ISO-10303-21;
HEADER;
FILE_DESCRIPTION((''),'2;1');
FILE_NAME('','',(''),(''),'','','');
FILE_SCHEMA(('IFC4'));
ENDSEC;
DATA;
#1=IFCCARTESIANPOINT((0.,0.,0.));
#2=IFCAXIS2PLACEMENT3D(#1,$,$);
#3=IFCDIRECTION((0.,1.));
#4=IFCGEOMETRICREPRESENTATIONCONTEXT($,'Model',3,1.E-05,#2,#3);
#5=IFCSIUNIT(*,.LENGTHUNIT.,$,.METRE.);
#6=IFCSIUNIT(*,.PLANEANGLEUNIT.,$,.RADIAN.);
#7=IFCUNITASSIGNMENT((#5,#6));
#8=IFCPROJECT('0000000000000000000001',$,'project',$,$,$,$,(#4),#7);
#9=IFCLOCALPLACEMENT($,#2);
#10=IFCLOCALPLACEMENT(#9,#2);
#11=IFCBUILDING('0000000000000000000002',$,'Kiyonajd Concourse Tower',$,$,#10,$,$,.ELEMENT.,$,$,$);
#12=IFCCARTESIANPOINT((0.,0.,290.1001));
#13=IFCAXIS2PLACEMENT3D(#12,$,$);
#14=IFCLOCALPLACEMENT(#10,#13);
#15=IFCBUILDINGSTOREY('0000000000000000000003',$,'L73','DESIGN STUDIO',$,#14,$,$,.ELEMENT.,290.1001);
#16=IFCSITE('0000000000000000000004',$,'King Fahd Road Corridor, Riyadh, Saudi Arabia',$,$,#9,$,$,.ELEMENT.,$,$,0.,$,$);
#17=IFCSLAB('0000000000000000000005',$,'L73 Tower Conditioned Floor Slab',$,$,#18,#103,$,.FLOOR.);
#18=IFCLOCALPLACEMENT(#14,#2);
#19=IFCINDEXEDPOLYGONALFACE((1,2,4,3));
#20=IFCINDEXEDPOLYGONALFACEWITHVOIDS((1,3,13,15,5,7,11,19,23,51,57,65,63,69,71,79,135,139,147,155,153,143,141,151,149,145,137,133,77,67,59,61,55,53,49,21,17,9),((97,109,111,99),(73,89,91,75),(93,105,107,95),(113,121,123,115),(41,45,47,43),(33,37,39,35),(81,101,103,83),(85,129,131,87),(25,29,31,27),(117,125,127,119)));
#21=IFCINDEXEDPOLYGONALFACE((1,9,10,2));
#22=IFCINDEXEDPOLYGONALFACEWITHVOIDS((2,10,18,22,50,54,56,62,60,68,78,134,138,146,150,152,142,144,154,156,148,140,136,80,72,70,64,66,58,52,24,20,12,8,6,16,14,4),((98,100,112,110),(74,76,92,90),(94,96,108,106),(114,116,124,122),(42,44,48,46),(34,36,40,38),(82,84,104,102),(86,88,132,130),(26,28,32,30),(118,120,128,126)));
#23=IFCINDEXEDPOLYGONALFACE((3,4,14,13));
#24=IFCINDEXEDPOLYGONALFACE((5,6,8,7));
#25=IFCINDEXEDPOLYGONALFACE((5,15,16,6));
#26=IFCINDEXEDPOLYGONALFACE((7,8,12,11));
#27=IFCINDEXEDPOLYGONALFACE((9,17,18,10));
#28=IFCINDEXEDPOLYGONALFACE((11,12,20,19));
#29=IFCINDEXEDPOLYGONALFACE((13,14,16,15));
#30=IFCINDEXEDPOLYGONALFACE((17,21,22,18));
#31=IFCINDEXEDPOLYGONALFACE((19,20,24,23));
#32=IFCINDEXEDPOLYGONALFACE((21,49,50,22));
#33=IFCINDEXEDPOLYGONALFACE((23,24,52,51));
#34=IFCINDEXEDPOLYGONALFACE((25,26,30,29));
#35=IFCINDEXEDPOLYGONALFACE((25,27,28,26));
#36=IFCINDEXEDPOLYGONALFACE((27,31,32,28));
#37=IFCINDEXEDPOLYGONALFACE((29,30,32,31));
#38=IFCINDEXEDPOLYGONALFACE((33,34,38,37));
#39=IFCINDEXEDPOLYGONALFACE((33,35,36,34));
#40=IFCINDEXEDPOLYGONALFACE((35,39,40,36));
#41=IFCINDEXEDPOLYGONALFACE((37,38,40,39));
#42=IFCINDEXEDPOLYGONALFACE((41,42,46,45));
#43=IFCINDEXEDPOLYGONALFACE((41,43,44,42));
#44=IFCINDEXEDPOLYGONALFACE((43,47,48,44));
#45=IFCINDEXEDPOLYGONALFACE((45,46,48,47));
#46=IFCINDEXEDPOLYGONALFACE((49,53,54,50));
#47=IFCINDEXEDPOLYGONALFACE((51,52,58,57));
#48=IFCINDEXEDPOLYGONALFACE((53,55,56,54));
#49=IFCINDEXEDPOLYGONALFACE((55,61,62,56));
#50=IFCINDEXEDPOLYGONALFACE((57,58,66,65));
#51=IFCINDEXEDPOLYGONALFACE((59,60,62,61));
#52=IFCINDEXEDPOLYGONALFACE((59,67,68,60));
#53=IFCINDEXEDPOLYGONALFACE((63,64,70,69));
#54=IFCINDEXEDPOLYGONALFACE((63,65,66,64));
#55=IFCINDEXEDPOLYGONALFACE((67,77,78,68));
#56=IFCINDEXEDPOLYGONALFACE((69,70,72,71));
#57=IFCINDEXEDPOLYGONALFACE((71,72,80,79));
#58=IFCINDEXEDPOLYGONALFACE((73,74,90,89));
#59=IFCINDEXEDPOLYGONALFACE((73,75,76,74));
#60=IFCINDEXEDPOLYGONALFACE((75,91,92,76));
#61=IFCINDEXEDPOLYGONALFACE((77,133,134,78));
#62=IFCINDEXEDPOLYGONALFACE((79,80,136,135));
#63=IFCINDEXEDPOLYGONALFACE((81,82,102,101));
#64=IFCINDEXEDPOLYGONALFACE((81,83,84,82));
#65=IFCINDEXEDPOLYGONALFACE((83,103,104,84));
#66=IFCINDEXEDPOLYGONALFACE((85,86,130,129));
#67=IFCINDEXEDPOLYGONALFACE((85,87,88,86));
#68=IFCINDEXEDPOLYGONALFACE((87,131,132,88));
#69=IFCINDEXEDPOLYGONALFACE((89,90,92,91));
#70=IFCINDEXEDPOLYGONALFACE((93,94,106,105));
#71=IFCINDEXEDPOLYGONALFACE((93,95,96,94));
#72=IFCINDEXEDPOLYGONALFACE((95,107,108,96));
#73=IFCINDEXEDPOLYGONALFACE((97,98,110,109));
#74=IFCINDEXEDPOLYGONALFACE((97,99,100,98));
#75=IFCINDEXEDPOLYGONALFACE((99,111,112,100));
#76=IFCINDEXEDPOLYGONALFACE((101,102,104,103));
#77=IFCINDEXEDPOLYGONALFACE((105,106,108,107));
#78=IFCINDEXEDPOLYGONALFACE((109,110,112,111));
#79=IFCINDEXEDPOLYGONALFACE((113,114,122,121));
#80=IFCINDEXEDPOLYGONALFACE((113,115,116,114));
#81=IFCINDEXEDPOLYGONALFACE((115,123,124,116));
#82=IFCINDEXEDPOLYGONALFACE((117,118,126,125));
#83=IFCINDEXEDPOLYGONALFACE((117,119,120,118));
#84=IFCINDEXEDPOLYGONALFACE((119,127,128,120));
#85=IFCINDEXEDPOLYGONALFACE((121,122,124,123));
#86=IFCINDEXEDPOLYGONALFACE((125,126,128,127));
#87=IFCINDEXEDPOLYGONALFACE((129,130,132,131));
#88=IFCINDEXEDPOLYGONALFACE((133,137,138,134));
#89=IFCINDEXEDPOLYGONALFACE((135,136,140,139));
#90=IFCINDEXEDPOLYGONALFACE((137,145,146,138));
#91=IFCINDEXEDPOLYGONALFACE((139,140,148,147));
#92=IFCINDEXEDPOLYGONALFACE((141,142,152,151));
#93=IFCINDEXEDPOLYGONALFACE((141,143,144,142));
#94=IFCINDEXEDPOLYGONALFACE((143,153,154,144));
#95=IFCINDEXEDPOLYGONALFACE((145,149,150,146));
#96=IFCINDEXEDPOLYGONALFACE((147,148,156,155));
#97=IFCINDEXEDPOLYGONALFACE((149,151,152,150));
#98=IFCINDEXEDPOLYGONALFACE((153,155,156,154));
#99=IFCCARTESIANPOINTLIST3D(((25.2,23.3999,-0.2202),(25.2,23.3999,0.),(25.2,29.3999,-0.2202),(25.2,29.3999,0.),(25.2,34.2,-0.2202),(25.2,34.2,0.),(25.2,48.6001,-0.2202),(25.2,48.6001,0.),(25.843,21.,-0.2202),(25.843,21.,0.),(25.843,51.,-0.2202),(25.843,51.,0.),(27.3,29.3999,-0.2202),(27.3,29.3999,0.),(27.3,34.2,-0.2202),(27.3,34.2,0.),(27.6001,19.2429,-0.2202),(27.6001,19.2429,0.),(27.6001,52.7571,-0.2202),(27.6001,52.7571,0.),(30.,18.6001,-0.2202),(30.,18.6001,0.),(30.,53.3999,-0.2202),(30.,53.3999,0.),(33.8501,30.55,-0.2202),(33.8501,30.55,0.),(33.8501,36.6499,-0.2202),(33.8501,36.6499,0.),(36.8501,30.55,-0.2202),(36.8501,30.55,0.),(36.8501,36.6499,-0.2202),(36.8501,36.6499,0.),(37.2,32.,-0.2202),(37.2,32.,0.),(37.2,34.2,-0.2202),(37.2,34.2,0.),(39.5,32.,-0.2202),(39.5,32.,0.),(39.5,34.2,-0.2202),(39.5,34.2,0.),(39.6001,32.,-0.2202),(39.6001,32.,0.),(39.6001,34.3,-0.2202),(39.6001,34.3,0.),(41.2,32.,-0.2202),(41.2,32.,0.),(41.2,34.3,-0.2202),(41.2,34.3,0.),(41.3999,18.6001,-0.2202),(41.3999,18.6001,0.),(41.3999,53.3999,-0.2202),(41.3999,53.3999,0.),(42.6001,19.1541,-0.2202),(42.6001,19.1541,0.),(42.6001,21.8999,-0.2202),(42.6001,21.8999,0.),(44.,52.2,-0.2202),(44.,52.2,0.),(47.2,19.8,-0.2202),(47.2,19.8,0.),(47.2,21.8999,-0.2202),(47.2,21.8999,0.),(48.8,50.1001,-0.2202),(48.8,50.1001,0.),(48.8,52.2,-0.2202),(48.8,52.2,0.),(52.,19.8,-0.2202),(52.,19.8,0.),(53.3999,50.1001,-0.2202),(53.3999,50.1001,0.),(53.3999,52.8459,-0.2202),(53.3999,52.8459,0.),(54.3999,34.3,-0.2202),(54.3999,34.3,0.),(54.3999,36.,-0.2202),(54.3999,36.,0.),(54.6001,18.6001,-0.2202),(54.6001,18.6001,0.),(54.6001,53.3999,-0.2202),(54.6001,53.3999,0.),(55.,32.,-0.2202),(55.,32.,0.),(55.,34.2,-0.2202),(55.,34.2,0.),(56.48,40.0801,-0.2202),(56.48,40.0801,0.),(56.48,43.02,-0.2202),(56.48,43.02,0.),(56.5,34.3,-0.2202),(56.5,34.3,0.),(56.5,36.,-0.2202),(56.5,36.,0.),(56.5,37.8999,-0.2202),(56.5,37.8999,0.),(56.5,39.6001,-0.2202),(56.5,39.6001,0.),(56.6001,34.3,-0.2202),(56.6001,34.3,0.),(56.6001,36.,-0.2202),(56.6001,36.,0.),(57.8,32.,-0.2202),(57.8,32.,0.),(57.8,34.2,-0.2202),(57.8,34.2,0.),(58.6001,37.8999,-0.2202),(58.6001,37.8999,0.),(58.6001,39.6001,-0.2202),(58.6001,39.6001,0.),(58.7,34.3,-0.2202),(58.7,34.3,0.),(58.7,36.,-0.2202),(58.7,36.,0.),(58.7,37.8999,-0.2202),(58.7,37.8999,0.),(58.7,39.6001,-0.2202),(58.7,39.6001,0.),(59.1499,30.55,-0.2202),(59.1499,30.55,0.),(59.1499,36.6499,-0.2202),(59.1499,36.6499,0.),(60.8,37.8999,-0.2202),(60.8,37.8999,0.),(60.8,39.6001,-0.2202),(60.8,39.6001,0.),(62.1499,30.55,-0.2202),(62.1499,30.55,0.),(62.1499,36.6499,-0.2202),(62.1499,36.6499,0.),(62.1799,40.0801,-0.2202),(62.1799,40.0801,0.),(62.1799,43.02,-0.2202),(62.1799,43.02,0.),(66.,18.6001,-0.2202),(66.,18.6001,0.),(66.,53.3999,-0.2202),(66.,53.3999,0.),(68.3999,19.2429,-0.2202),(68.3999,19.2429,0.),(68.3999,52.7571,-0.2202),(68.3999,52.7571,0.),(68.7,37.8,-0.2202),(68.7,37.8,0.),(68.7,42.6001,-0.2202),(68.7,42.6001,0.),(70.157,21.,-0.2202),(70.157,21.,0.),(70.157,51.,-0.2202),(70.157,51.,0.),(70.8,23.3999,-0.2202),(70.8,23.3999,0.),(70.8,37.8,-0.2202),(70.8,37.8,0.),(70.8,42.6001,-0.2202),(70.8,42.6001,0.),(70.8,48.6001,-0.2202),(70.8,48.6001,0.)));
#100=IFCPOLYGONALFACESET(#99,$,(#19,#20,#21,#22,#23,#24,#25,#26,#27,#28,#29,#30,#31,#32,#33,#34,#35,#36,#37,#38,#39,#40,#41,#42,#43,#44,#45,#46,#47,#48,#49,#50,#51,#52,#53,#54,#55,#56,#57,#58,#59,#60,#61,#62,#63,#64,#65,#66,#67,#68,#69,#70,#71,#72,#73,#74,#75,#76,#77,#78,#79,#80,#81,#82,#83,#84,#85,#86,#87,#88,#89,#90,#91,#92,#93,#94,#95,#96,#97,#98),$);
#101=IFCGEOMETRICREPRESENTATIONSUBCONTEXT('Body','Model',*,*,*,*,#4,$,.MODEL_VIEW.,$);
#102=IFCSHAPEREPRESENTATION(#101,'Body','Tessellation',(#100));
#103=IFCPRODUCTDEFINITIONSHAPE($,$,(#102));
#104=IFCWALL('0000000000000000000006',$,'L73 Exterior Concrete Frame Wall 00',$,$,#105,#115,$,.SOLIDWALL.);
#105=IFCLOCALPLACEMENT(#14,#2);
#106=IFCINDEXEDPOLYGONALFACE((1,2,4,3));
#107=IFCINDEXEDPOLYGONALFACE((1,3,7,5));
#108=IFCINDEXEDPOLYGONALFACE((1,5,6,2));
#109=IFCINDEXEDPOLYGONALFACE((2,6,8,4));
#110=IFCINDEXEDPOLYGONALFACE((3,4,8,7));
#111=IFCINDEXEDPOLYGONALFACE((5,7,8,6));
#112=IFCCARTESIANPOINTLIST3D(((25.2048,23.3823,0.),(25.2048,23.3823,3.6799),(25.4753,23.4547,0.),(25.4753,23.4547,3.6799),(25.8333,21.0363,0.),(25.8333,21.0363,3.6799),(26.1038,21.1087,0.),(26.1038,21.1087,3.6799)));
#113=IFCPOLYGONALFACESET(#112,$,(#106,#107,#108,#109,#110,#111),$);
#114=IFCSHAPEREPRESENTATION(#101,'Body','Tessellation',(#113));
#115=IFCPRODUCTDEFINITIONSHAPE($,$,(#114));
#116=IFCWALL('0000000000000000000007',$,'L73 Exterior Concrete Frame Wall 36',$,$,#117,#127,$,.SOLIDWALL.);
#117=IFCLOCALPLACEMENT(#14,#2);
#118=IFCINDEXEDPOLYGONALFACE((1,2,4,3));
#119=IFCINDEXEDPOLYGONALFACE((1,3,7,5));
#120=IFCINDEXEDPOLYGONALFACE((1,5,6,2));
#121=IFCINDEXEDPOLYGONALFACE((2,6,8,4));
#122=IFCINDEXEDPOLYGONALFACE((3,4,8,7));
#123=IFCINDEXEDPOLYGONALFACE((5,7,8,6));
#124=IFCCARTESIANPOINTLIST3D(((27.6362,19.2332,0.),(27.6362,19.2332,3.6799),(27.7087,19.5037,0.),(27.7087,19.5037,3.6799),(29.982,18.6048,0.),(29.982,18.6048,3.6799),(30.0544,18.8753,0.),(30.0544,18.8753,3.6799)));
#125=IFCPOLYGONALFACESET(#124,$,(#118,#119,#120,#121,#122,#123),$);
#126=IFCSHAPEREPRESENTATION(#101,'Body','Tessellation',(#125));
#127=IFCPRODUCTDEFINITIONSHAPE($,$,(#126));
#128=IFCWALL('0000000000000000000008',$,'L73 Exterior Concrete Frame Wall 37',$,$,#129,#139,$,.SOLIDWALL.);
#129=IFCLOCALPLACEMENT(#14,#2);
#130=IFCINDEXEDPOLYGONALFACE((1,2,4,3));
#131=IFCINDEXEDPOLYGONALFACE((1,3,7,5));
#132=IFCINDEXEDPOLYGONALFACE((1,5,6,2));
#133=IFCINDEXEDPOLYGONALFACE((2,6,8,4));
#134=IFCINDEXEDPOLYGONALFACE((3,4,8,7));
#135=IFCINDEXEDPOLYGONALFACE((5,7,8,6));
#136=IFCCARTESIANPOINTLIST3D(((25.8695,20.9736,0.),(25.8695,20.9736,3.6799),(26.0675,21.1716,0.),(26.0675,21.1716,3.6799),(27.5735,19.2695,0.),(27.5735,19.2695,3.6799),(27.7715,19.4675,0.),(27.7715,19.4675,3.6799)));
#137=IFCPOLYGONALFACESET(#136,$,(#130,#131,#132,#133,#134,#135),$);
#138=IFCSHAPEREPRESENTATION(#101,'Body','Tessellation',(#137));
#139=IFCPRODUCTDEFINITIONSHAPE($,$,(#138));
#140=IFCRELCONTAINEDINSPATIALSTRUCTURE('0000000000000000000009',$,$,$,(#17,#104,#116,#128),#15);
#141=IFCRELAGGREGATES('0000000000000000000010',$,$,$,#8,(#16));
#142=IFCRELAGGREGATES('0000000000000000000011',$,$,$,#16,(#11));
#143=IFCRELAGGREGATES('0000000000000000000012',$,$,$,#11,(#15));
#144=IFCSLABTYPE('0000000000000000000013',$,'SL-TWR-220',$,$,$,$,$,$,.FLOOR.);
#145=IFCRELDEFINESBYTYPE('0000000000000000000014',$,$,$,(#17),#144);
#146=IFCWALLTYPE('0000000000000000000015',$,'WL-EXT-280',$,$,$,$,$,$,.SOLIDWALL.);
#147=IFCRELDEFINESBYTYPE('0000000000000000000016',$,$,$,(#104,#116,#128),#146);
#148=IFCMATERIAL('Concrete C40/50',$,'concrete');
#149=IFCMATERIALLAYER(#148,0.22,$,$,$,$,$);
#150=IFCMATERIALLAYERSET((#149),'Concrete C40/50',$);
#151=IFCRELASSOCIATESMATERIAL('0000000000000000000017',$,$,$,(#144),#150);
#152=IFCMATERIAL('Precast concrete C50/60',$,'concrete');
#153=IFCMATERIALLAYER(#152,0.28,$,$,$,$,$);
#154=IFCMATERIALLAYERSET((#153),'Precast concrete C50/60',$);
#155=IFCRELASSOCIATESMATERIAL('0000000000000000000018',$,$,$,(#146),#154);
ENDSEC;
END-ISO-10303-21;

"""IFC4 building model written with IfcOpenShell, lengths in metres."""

from ifc_helpers import new_model, si_unit, direction, frame, frame_2d, origin, place, context, subcontext, project, spatial, polyline, rectangle, outline, extrude, material, layer, layer_set, type_object, element, save


model = new_model("IFC4")

# Units and contexts
model_context = context("Model", 3, precision=1e-05, world=origin(), true_north=direction((0.0, 1.0)))
body_context = subcontext(model_context, "Body", "Model", "MODEL_VIEW")
ifc_project = project(units=[si_unit("LENGTHUNIT", "METRE"), si_unit("PLANEANGLEUNIT", "RADIAN")], contexts=[model_context])

# Site, building, storey
site_placement = place(None, origin())
site = spatial("IfcSite", under=ifc_project, at=site_placement, Name="King Fahd Road Corridor, Riyadh, Saudi Arabia", CompositionType="ELEMENT", RefElevation=0.0)
building_placement = place(site_placement, origin())
building = spatial("IfcBuilding", under=site, at=building_placement, Name="Kiyonajd Concourse Tower", CompositionType="ELEMENT")
storey_placement = place(building_placement, frame((0.0, 0.0, 290.1001)))
storey = spatial("IfcBuildingStorey", under=building, at=storey_placement, Name="L73", Description="DESIGN STUDIO", CompositionType="ELEMENT", Elevation=290.1001)

# Shared definitions
ifc_material_1 = material(Name="Concrete C40/50", Category="concrete")

# Slab
ifc_material_2 = material(Name="Precast concrete C50/60", Category="concrete")
ifc_layer_1 = layer(ifc_material_1, 0.22)
ifc_layer_set_1 = layer_set([ifc_layer_1], Name="Concrete C40/50")
slab_type_1 = type_object("IfcSlabType", Name="SL-TWR-220", PredefinedType="FLOOR", material=ifc_layer_set_1)
slab_1_placement = place(storey_placement, frame((0.0, 0.0, -0.2202)))
element("IfcSlab", 1, at=slab_1_placement, inside=storey, type_object=slab_type_1, Name="L73 Tower Conditioned Floor Slab", PredefinedType="FLOOR", context=body_context, shape_type="SweptSolid", body=[
    extrude(outline(polyline([(25.843, 21.0), (25.2, 23.3999), (25.2, 29.3999), (27.3, 29.3999), (27.3, 34.2), (25.2, 34.2), (25.2, 48.6001), (25.843, 51.0), (27.6001, 52.7571), (30.0, 53.3999), (41.3999, 53.3999), (44.0, 52.2), (48.8, 52.2), (48.8, 50.1001), (53.3999, 50.1001), (53.3999, 52.8459), (54.6001, 53.3999), (66.0, 53.3999), (68.3999, 52.7571), (70.157, 51.0), (70.8, 48.6001), (70.8, 42.6001), (68.7, 42.6001), (68.7, 37.8), (70.8, 37.8), (70.8, 23.3999), (70.157, 21.0), (68.3999, 19.2429), (66.0, 18.6001), (54.6001, 18.6001), (52.0, 19.8), (47.2, 19.8), (47.2, 21.8999), (42.6001, 21.8999), (42.6001, 19.1541), (41.3999, 18.6001), (30.0, 18.6001), (27.6001, 19.2429), (25.843, 21.0)]), holes=[polyline([(39.5, 32.0), (37.2, 32.0), (37.2, 34.2), (39.5, 34.2), (39.5, 32.0)]), polyline([(57.8, 32.0), (55.0, 32.0), (55.0, 34.2), (57.8, 34.2), (57.8, 32.0)]), polyline([(41.2, 32.0), (39.6001, 32.0), (39.6001, 34.3), (41.2, 34.3), (41.2, 32.0)]), polyline([(33.8501, 30.55), (33.8501, 36.6499), (36.8501, 36.6499), (36.8501, 30.55), (33.8501, 30.55)]), polyline([(59.1499, 30.55), (59.1499, 36.6499), (62.1499, 36.6499), (62.1499, 30.55), (59.1499, 30.55)]), polyline([(56.5, 34.3), (54.3999, 34.3), (54.3999, 36.0), (56.5, 36.0), (56.5, 34.3)]), polyline([(58.7, 34.3), (56.6001, 34.3), (56.6001, 36.0), (58.7, 36.0), (58.7, 34.3)]), polyline([(58.6001, 37.8999), (56.5, 37.8999), (56.5, 39.6001), (58.6001, 39.6001), (58.6001, 37.8999)]), polyline([(58.7, 37.8999), (58.7, 39.6001), (60.8, 39.6001), (60.8, 37.8999), (58.7, 37.8999)]), polyline([(56.48, 43.02), (62.1799, 43.02), (62.1799, 40.0801), (56.48, 40.0801), (56.48, 43.02)])]), origin(), (0.0, 0.0, 1.0), 0.2202),
])

# Walls
ifc_layer_2 = layer(ifc_material_2, 0.28)
ifc_layer_set_2 = layer_set([ifc_layer_2], Name="Precast concrete C50/60")
wall_type = type_object("IfcWallType", Name="WL-EXT-280", PredefinedType="SOLIDWALL", material=ifc_layer_set_2)
wall_1_placement = place(storey_placement, frame((25.9685, 21.0725, 0.0), z_axis=(0.0, 0.0, 1.0), x_axis=(-0.258751, 0.965944, 0.0)))
element("IfcWall", 2, at=wall_1_placement, inside=storey, type_object=wall_type, Name="L73 Exterior Concrete Frame Wall 00", PredefinedType="SOLIDWALL", context=body_context, shape_type="SweptSolid", body=[
    extrude(rectangle(XDim=2.4287, YDim=0.28, at=frame_2d((1.2144, 0.0))), origin(), (0.0, 0.0, 1.0), 3.6799),
])
wall_2_placement = place(storey_placement, frame((30.0183, 18.74, 0.0), z_axis=(0.0, 0.0, 1.0), x_axis=(-0.965937, 0.258776, 0.0)))
element("IfcWall", 3, at=wall_2_placement, inside=storey, type_object=wall_type, Name="L73 Exterior Concrete Frame Wall 36", PredefinedType="SOLIDWALL", context=body_context, shape_type="SweptSolid", body=[
    extrude(rectangle(XDim=2.4285, YDim=0.28, at=frame_2d((1.2144, 0.0))), origin(), (0.0, 0.0, 1.0), 3.6799),
])
wall_3_placement = place(storey_placement, frame((27.6726, 19.3684, 0.0), z_axis=(0.0, 0.0, 1.0), x_axis=(-0.707107, 0.707107, 0.0)))
element("IfcWall", 4, at=wall_3_placement, inside=storey, type_object=wall_type, Name="L73 Exterior Concrete Frame Wall 37", PredefinedType="SOLIDWALL", context=body_context, shape_type="SweptSolid", body=[
    extrude(rectangle(XDim=2.4099, YDim=0.28, at=frame_2d((1.2051, 0.0))), origin(), (0.0, 0.0, 1.0), 3.6799),
])

save(model, "model.ifc")
